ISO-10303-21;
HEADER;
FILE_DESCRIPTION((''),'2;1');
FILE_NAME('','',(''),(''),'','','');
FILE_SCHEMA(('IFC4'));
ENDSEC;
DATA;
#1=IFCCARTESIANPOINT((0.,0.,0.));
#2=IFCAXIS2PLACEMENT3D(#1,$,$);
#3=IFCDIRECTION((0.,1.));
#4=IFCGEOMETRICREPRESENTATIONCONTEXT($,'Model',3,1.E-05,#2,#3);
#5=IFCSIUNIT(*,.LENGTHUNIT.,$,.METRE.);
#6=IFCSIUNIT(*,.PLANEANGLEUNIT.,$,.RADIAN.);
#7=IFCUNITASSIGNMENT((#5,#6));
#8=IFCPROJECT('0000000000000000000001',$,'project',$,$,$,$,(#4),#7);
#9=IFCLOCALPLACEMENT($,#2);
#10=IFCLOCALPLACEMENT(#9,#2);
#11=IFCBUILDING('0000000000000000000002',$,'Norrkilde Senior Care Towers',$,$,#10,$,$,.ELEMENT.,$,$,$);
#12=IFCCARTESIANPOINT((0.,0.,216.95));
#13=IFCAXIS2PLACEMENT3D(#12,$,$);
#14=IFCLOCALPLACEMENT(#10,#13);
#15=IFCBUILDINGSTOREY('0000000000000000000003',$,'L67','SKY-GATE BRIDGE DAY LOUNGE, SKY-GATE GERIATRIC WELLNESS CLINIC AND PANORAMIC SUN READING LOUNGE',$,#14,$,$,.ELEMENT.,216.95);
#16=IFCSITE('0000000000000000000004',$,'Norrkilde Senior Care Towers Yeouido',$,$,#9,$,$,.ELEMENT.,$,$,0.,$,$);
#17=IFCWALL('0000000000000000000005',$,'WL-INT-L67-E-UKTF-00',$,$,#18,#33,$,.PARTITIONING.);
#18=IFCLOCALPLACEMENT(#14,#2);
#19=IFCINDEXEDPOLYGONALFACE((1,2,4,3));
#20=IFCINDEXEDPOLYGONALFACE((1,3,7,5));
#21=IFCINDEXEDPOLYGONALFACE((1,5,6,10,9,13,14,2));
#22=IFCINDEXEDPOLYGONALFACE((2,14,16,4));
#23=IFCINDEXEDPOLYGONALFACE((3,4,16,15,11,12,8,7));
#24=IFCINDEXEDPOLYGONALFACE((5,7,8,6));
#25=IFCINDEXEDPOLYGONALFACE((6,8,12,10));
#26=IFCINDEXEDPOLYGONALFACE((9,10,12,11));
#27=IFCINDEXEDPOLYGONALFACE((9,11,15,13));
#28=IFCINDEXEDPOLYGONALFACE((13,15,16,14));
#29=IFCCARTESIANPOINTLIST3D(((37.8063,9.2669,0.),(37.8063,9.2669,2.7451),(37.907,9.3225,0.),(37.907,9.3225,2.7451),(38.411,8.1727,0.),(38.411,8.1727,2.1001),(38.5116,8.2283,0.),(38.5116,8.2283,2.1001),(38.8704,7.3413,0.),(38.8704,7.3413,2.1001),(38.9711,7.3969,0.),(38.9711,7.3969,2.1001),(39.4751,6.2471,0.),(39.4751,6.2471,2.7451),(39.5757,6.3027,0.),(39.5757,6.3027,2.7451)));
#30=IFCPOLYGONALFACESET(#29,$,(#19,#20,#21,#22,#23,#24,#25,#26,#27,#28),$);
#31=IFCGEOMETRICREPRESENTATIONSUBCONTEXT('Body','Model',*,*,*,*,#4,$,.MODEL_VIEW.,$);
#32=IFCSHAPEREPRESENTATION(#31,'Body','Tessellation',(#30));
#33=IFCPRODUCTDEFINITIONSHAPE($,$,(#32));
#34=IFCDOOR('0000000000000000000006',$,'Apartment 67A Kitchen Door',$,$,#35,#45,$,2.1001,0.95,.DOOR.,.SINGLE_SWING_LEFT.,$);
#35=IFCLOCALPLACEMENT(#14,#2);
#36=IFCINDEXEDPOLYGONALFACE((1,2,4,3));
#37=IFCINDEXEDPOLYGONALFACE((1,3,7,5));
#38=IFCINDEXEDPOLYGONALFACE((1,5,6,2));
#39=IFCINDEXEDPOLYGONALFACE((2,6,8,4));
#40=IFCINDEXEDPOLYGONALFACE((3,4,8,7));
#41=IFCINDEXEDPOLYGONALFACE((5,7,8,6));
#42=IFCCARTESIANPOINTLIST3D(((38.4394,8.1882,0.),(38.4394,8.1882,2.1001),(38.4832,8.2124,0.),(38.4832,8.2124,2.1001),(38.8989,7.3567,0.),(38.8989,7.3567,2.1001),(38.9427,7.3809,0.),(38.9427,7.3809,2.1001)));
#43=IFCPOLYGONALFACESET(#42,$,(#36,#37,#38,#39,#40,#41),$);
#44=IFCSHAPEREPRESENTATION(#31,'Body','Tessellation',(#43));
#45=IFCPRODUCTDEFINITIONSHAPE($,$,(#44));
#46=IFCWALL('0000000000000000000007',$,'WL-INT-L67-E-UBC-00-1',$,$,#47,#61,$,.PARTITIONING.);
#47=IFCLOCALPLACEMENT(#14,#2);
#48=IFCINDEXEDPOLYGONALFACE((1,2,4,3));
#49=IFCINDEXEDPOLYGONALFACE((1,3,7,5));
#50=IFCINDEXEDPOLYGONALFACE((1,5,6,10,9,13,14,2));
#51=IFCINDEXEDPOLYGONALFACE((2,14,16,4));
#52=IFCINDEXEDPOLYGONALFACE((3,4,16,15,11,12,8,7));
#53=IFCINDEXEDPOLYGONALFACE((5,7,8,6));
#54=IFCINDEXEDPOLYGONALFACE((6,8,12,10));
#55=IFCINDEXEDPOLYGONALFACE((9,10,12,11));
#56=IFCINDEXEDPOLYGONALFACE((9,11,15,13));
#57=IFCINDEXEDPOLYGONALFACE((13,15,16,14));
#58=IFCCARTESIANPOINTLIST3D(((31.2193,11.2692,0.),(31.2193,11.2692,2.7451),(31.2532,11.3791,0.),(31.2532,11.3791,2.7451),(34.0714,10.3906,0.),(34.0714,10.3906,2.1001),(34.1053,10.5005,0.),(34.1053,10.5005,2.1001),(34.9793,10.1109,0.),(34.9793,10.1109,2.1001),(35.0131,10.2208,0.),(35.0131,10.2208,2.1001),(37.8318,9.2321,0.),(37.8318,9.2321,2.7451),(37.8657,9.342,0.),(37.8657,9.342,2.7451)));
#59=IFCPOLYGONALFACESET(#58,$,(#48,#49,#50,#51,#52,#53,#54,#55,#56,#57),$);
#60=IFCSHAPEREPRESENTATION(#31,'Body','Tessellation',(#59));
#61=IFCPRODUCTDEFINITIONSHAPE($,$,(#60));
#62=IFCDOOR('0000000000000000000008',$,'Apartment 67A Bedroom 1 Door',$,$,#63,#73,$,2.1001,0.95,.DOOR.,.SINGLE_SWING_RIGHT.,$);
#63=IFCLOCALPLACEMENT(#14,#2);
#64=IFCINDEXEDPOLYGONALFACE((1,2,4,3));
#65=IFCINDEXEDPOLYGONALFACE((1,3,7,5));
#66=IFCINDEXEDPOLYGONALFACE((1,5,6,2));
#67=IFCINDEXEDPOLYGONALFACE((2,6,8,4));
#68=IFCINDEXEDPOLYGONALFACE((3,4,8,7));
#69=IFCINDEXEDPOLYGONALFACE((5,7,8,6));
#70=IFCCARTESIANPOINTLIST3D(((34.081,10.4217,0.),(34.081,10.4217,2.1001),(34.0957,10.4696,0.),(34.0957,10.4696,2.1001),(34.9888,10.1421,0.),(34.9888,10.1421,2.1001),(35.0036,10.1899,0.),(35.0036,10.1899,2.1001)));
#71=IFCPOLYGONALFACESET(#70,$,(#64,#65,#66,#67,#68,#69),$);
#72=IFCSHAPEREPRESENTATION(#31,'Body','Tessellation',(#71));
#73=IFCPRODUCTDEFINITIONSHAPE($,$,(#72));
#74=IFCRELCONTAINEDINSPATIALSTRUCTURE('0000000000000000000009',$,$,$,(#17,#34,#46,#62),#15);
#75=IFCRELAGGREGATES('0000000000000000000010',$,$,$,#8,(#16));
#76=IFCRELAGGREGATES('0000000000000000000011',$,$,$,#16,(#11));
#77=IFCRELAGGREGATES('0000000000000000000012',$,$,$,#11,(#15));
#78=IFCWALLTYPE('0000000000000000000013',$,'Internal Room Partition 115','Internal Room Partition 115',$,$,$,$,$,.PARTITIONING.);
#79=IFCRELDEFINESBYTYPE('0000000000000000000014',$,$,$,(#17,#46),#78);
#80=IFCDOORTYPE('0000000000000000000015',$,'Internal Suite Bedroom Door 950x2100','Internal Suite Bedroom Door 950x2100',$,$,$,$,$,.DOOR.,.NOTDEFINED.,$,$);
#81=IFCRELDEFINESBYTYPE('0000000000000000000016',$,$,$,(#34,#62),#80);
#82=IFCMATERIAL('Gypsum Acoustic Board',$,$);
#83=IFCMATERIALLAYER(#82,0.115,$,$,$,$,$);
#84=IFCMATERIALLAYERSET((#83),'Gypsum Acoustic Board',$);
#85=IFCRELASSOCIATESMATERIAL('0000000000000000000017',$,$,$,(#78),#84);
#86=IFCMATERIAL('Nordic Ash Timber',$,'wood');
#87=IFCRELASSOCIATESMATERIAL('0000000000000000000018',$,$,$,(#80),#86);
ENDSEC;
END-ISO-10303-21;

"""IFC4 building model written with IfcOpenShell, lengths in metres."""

from ifc_helpers import new_model, si_unit, direction, frame, frame_2d, origin, place, context, subcontext, project, spatial, rectangle, extrude, source, transform, mapped, material, layer, layer_set, type_object, type_shapes, element, fill, save


model = new_model("IFC4")

# Units and contexts
model_context = context("Model", 3, precision=1e-05, world=origin(), true_north=direction((0.0, 1.0)))
body_context = subcontext(model_context, "Body", "Model", "MODEL_VIEW")
ifc_project = project(units=[si_unit("LENGTHUNIT", "METRE"), si_unit("PLANEANGLEUNIT", "RADIAN")], contexts=[model_context])

# Site, building, storey
site_placement = place(None, origin())
site = spatial("IfcSite", under=ifc_project, at=site_placement, Name="Norrkilde Senior Care Towers Yeouido", CompositionType="ELEMENT", RefElevation=0.0)
building_placement = place(site_placement, origin())
building = spatial("IfcBuilding", under=site, at=building_placement, Name="Norrkilde Senior Care Towers", CompositionType="ELEMENT")
storey_placement = place(building_placement, frame((0.0, 0.0, 216.95)))
storey = spatial("IfcBuildingStorey", under=building, at=storey_placement, Name="L67", Description="SKY-GATE BRIDGE DAY LOUNGE, SKY-GATE GERIATRIC WELLNESS CLINIC AND PANORAMIC SUN READING LOUNGE", CompositionType="ELEMENT", Elevation=216.95)

# Shared definitions
ifc_material_1 = material(Name="Gypsum Acoustic Board")
ifc_layer_1 = layer(ifc_material_1, 0.115)
ifc_layer_set_1 = layer_set([ifc_layer_1], Name="Gypsum Acoustic Board")
wall_type_1 = type_object("IfcWallType", Name="Internal Room Partition 115", Description="Internal Room Partition 115", PredefinedType="PARTITIONING", material=ifc_layer_set_1)

# Walls, openings, doors
shared_shape_1 = source(origin(), body_context, "Body", "SweptSolid", [
    extrude(rectangle(XDim=3.4502, YDim=0.115, at=frame_2d((1.7251, 0.0))), origin(), (0.0, 0.0, 1.0), 2.7451),
])
wall_1_placement = place(storey_placement, frame((39.5254, 6.2749, 0.0), z_axis=(0.0, 0.0, 1.0), x_axis=(-0.483659, 0.875257, 0.0)))
wall_1 = element("IfcWall", 1, at=wall_1_placement, inside=storey, type_object=wall_type_1, Name="WL-INT-L67-E-UKTF-00", PredefinedType="PARTITIONING", context=body_context, shape_type="MappedRepresentation", body=[
    mapped(shared_shape_1, transform((0.0, 0.0, 0.0), x_axis=(1.0, 0.0, 0.0), y_axis=(0.0, 1.0, 0.0), z_axis=(0.0, 0.0, 1.0), scale=1.0)),
])
opening_1_placement = place(wall_1_placement, frame((1.25, 0.0, 0.0)))
opening_1 = element("IfcOpeningElement", 2, at=opening_1_placement, cuts=wall_1, PredefinedType="OPENING", context=body_context, shape_type="SweptSolid", body=[
    extrude(rectangle(XDim=0.95, YDim=2.1001, at=frame_2d((0.4751, 1.05))), frame((0.0, 0.0674, 0.0), z_axis=(0.0, -1.0, 0.0), x_axis=(1.0, 0.0, 0.0)), (0.0, 0.0, 1.0), 0.135),
])
ifc_material_2 = material(Name="Nordic Ash Timber", Category="wood")
door_type_1 = type_object("IfcDoorType", Name="Internal Suite Bedroom Door 950x2100", Description="Internal Suite Bedroom Door 950x2100", OperationType="NOTDEFINED", PredefinedType="DOOR", material=ifc_material_2)
shared_shape_2 = source(origin(), body_context, "Body", "SweptSolid", [
    extrude(rectangle(XDim=0.95, YDim=2.1001, at=frame_2d((0.4751, 1.05))), frame((0.0, 0.0249, 0.0), z_axis=(0.0, -1.0, 0.0), x_axis=(1.0, 0.0, 0.0)), (0.0, 0.0, 1.0), 0.05),
])
type_shapes(door_type_1, [shared_shape_2])
door_1_placement = place(opening_1_placement, frame((0.95, 0.0, 0.0), z_axis=(0.0, 0.0, 1.0), x_axis=(-1.0, 0.0, 0.0)))
door_1 = element("IfcDoor", 3, at=door_1_placement, inside=storey, type_object=door_type_1, Name="Apartment 67A Kitchen Door", OperationType="SINGLE_SWING_LEFT", OverallHeight=2.1001, OverallWidth=0.95, PredefinedType="DOOR", context=body_context, shape_type="MappedRepresentation", body=[
    mapped(shared_shape_2, transform((0.0, 0.0, 0.0), x_axis=(1.0, 0.0, 0.0), y_axis=(0.0, 1.0, 0.0), z_axis=(0.0, 0.0, 1.0), scale=1.0)),
])
fill(opening_1, door_1)
shared_shape_3 = source(origin(), body_context, "Body", "SweptSolid", [
    extrude(rectangle(XDim=6.9192, YDim=0.115, at=frame_2d((3.4595, 0.0))), origin(), (0.0, 0.0, 1.0), 2.7451),
])
wall_2_placement = place(storey_placement, frame((37.8486, 9.2871, 0.0), z_axis=(0.0, 0.0, 1.0), x_axis=(-0.955678, 0.294413, 0.0)))
wall_2 = element("IfcWall", 4, at=wall_2_placement, inside=storey, type_object=wall_type_1, Name="WL-INT-L67-E-UBC-00-1", PredefinedType="PARTITIONING", context=body_context, shape_type="MappedRepresentation", body=[
    mapped(shared_shape_3, transform((0.0, 0.0, 0.0), x_axis=(1.0, 0.0, 0.0), y_axis=(0.0, 1.0, 0.0), z_axis=(0.0, 0.0, 1.0), scale=1.0)),
])
opening_2_placement = place(wall_2_placement, frame((2.9846, 0.0, 0.0)))
opening_2 = element("IfcOpeningElement", 5, at=opening_2_placement, cuts=wall_2, PredefinedType="OPENING", context=body_context, shape_type="SweptSolid", body=[
    extrude(rectangle(XDim=0.95, YDim=2.1001, at=frame_2d((0.4751, 1.05))), frame((0.0, 0.0674, 0.0), z_axis=(0.0, -1.0, 0.0), x_axis=(1.0, 0.0, 0.0)), (0.0, 0.0, 1.0), 0.135),
])
door_2_placement = place(opening_2_placement, origin())
door_2 = element("IfcDoor", 6, at=door_2_placement, inside=storey, type_object=door_type_1, Name="Apartment 67A Bedroom 1 Door", OperationType="SINGLE_SWING_RIGHT", OverallHeight=2.1001, OverallWidth=0.95, PredefinedType="DOOR", context=body_context, shape_type="MappedRepresentation", body=[
    mapped(shared_shape_2, transform((0.0, 0.0, 0.0), x_axis=(1.0, 0.0, 0.0), y_axis=(0.0, 1.0, 0.0), z_axis=(0.0, 0.0, 1.0), scale=1.0)),
])
fill(opening_2, door_2)

save(model, "model.ifc")
